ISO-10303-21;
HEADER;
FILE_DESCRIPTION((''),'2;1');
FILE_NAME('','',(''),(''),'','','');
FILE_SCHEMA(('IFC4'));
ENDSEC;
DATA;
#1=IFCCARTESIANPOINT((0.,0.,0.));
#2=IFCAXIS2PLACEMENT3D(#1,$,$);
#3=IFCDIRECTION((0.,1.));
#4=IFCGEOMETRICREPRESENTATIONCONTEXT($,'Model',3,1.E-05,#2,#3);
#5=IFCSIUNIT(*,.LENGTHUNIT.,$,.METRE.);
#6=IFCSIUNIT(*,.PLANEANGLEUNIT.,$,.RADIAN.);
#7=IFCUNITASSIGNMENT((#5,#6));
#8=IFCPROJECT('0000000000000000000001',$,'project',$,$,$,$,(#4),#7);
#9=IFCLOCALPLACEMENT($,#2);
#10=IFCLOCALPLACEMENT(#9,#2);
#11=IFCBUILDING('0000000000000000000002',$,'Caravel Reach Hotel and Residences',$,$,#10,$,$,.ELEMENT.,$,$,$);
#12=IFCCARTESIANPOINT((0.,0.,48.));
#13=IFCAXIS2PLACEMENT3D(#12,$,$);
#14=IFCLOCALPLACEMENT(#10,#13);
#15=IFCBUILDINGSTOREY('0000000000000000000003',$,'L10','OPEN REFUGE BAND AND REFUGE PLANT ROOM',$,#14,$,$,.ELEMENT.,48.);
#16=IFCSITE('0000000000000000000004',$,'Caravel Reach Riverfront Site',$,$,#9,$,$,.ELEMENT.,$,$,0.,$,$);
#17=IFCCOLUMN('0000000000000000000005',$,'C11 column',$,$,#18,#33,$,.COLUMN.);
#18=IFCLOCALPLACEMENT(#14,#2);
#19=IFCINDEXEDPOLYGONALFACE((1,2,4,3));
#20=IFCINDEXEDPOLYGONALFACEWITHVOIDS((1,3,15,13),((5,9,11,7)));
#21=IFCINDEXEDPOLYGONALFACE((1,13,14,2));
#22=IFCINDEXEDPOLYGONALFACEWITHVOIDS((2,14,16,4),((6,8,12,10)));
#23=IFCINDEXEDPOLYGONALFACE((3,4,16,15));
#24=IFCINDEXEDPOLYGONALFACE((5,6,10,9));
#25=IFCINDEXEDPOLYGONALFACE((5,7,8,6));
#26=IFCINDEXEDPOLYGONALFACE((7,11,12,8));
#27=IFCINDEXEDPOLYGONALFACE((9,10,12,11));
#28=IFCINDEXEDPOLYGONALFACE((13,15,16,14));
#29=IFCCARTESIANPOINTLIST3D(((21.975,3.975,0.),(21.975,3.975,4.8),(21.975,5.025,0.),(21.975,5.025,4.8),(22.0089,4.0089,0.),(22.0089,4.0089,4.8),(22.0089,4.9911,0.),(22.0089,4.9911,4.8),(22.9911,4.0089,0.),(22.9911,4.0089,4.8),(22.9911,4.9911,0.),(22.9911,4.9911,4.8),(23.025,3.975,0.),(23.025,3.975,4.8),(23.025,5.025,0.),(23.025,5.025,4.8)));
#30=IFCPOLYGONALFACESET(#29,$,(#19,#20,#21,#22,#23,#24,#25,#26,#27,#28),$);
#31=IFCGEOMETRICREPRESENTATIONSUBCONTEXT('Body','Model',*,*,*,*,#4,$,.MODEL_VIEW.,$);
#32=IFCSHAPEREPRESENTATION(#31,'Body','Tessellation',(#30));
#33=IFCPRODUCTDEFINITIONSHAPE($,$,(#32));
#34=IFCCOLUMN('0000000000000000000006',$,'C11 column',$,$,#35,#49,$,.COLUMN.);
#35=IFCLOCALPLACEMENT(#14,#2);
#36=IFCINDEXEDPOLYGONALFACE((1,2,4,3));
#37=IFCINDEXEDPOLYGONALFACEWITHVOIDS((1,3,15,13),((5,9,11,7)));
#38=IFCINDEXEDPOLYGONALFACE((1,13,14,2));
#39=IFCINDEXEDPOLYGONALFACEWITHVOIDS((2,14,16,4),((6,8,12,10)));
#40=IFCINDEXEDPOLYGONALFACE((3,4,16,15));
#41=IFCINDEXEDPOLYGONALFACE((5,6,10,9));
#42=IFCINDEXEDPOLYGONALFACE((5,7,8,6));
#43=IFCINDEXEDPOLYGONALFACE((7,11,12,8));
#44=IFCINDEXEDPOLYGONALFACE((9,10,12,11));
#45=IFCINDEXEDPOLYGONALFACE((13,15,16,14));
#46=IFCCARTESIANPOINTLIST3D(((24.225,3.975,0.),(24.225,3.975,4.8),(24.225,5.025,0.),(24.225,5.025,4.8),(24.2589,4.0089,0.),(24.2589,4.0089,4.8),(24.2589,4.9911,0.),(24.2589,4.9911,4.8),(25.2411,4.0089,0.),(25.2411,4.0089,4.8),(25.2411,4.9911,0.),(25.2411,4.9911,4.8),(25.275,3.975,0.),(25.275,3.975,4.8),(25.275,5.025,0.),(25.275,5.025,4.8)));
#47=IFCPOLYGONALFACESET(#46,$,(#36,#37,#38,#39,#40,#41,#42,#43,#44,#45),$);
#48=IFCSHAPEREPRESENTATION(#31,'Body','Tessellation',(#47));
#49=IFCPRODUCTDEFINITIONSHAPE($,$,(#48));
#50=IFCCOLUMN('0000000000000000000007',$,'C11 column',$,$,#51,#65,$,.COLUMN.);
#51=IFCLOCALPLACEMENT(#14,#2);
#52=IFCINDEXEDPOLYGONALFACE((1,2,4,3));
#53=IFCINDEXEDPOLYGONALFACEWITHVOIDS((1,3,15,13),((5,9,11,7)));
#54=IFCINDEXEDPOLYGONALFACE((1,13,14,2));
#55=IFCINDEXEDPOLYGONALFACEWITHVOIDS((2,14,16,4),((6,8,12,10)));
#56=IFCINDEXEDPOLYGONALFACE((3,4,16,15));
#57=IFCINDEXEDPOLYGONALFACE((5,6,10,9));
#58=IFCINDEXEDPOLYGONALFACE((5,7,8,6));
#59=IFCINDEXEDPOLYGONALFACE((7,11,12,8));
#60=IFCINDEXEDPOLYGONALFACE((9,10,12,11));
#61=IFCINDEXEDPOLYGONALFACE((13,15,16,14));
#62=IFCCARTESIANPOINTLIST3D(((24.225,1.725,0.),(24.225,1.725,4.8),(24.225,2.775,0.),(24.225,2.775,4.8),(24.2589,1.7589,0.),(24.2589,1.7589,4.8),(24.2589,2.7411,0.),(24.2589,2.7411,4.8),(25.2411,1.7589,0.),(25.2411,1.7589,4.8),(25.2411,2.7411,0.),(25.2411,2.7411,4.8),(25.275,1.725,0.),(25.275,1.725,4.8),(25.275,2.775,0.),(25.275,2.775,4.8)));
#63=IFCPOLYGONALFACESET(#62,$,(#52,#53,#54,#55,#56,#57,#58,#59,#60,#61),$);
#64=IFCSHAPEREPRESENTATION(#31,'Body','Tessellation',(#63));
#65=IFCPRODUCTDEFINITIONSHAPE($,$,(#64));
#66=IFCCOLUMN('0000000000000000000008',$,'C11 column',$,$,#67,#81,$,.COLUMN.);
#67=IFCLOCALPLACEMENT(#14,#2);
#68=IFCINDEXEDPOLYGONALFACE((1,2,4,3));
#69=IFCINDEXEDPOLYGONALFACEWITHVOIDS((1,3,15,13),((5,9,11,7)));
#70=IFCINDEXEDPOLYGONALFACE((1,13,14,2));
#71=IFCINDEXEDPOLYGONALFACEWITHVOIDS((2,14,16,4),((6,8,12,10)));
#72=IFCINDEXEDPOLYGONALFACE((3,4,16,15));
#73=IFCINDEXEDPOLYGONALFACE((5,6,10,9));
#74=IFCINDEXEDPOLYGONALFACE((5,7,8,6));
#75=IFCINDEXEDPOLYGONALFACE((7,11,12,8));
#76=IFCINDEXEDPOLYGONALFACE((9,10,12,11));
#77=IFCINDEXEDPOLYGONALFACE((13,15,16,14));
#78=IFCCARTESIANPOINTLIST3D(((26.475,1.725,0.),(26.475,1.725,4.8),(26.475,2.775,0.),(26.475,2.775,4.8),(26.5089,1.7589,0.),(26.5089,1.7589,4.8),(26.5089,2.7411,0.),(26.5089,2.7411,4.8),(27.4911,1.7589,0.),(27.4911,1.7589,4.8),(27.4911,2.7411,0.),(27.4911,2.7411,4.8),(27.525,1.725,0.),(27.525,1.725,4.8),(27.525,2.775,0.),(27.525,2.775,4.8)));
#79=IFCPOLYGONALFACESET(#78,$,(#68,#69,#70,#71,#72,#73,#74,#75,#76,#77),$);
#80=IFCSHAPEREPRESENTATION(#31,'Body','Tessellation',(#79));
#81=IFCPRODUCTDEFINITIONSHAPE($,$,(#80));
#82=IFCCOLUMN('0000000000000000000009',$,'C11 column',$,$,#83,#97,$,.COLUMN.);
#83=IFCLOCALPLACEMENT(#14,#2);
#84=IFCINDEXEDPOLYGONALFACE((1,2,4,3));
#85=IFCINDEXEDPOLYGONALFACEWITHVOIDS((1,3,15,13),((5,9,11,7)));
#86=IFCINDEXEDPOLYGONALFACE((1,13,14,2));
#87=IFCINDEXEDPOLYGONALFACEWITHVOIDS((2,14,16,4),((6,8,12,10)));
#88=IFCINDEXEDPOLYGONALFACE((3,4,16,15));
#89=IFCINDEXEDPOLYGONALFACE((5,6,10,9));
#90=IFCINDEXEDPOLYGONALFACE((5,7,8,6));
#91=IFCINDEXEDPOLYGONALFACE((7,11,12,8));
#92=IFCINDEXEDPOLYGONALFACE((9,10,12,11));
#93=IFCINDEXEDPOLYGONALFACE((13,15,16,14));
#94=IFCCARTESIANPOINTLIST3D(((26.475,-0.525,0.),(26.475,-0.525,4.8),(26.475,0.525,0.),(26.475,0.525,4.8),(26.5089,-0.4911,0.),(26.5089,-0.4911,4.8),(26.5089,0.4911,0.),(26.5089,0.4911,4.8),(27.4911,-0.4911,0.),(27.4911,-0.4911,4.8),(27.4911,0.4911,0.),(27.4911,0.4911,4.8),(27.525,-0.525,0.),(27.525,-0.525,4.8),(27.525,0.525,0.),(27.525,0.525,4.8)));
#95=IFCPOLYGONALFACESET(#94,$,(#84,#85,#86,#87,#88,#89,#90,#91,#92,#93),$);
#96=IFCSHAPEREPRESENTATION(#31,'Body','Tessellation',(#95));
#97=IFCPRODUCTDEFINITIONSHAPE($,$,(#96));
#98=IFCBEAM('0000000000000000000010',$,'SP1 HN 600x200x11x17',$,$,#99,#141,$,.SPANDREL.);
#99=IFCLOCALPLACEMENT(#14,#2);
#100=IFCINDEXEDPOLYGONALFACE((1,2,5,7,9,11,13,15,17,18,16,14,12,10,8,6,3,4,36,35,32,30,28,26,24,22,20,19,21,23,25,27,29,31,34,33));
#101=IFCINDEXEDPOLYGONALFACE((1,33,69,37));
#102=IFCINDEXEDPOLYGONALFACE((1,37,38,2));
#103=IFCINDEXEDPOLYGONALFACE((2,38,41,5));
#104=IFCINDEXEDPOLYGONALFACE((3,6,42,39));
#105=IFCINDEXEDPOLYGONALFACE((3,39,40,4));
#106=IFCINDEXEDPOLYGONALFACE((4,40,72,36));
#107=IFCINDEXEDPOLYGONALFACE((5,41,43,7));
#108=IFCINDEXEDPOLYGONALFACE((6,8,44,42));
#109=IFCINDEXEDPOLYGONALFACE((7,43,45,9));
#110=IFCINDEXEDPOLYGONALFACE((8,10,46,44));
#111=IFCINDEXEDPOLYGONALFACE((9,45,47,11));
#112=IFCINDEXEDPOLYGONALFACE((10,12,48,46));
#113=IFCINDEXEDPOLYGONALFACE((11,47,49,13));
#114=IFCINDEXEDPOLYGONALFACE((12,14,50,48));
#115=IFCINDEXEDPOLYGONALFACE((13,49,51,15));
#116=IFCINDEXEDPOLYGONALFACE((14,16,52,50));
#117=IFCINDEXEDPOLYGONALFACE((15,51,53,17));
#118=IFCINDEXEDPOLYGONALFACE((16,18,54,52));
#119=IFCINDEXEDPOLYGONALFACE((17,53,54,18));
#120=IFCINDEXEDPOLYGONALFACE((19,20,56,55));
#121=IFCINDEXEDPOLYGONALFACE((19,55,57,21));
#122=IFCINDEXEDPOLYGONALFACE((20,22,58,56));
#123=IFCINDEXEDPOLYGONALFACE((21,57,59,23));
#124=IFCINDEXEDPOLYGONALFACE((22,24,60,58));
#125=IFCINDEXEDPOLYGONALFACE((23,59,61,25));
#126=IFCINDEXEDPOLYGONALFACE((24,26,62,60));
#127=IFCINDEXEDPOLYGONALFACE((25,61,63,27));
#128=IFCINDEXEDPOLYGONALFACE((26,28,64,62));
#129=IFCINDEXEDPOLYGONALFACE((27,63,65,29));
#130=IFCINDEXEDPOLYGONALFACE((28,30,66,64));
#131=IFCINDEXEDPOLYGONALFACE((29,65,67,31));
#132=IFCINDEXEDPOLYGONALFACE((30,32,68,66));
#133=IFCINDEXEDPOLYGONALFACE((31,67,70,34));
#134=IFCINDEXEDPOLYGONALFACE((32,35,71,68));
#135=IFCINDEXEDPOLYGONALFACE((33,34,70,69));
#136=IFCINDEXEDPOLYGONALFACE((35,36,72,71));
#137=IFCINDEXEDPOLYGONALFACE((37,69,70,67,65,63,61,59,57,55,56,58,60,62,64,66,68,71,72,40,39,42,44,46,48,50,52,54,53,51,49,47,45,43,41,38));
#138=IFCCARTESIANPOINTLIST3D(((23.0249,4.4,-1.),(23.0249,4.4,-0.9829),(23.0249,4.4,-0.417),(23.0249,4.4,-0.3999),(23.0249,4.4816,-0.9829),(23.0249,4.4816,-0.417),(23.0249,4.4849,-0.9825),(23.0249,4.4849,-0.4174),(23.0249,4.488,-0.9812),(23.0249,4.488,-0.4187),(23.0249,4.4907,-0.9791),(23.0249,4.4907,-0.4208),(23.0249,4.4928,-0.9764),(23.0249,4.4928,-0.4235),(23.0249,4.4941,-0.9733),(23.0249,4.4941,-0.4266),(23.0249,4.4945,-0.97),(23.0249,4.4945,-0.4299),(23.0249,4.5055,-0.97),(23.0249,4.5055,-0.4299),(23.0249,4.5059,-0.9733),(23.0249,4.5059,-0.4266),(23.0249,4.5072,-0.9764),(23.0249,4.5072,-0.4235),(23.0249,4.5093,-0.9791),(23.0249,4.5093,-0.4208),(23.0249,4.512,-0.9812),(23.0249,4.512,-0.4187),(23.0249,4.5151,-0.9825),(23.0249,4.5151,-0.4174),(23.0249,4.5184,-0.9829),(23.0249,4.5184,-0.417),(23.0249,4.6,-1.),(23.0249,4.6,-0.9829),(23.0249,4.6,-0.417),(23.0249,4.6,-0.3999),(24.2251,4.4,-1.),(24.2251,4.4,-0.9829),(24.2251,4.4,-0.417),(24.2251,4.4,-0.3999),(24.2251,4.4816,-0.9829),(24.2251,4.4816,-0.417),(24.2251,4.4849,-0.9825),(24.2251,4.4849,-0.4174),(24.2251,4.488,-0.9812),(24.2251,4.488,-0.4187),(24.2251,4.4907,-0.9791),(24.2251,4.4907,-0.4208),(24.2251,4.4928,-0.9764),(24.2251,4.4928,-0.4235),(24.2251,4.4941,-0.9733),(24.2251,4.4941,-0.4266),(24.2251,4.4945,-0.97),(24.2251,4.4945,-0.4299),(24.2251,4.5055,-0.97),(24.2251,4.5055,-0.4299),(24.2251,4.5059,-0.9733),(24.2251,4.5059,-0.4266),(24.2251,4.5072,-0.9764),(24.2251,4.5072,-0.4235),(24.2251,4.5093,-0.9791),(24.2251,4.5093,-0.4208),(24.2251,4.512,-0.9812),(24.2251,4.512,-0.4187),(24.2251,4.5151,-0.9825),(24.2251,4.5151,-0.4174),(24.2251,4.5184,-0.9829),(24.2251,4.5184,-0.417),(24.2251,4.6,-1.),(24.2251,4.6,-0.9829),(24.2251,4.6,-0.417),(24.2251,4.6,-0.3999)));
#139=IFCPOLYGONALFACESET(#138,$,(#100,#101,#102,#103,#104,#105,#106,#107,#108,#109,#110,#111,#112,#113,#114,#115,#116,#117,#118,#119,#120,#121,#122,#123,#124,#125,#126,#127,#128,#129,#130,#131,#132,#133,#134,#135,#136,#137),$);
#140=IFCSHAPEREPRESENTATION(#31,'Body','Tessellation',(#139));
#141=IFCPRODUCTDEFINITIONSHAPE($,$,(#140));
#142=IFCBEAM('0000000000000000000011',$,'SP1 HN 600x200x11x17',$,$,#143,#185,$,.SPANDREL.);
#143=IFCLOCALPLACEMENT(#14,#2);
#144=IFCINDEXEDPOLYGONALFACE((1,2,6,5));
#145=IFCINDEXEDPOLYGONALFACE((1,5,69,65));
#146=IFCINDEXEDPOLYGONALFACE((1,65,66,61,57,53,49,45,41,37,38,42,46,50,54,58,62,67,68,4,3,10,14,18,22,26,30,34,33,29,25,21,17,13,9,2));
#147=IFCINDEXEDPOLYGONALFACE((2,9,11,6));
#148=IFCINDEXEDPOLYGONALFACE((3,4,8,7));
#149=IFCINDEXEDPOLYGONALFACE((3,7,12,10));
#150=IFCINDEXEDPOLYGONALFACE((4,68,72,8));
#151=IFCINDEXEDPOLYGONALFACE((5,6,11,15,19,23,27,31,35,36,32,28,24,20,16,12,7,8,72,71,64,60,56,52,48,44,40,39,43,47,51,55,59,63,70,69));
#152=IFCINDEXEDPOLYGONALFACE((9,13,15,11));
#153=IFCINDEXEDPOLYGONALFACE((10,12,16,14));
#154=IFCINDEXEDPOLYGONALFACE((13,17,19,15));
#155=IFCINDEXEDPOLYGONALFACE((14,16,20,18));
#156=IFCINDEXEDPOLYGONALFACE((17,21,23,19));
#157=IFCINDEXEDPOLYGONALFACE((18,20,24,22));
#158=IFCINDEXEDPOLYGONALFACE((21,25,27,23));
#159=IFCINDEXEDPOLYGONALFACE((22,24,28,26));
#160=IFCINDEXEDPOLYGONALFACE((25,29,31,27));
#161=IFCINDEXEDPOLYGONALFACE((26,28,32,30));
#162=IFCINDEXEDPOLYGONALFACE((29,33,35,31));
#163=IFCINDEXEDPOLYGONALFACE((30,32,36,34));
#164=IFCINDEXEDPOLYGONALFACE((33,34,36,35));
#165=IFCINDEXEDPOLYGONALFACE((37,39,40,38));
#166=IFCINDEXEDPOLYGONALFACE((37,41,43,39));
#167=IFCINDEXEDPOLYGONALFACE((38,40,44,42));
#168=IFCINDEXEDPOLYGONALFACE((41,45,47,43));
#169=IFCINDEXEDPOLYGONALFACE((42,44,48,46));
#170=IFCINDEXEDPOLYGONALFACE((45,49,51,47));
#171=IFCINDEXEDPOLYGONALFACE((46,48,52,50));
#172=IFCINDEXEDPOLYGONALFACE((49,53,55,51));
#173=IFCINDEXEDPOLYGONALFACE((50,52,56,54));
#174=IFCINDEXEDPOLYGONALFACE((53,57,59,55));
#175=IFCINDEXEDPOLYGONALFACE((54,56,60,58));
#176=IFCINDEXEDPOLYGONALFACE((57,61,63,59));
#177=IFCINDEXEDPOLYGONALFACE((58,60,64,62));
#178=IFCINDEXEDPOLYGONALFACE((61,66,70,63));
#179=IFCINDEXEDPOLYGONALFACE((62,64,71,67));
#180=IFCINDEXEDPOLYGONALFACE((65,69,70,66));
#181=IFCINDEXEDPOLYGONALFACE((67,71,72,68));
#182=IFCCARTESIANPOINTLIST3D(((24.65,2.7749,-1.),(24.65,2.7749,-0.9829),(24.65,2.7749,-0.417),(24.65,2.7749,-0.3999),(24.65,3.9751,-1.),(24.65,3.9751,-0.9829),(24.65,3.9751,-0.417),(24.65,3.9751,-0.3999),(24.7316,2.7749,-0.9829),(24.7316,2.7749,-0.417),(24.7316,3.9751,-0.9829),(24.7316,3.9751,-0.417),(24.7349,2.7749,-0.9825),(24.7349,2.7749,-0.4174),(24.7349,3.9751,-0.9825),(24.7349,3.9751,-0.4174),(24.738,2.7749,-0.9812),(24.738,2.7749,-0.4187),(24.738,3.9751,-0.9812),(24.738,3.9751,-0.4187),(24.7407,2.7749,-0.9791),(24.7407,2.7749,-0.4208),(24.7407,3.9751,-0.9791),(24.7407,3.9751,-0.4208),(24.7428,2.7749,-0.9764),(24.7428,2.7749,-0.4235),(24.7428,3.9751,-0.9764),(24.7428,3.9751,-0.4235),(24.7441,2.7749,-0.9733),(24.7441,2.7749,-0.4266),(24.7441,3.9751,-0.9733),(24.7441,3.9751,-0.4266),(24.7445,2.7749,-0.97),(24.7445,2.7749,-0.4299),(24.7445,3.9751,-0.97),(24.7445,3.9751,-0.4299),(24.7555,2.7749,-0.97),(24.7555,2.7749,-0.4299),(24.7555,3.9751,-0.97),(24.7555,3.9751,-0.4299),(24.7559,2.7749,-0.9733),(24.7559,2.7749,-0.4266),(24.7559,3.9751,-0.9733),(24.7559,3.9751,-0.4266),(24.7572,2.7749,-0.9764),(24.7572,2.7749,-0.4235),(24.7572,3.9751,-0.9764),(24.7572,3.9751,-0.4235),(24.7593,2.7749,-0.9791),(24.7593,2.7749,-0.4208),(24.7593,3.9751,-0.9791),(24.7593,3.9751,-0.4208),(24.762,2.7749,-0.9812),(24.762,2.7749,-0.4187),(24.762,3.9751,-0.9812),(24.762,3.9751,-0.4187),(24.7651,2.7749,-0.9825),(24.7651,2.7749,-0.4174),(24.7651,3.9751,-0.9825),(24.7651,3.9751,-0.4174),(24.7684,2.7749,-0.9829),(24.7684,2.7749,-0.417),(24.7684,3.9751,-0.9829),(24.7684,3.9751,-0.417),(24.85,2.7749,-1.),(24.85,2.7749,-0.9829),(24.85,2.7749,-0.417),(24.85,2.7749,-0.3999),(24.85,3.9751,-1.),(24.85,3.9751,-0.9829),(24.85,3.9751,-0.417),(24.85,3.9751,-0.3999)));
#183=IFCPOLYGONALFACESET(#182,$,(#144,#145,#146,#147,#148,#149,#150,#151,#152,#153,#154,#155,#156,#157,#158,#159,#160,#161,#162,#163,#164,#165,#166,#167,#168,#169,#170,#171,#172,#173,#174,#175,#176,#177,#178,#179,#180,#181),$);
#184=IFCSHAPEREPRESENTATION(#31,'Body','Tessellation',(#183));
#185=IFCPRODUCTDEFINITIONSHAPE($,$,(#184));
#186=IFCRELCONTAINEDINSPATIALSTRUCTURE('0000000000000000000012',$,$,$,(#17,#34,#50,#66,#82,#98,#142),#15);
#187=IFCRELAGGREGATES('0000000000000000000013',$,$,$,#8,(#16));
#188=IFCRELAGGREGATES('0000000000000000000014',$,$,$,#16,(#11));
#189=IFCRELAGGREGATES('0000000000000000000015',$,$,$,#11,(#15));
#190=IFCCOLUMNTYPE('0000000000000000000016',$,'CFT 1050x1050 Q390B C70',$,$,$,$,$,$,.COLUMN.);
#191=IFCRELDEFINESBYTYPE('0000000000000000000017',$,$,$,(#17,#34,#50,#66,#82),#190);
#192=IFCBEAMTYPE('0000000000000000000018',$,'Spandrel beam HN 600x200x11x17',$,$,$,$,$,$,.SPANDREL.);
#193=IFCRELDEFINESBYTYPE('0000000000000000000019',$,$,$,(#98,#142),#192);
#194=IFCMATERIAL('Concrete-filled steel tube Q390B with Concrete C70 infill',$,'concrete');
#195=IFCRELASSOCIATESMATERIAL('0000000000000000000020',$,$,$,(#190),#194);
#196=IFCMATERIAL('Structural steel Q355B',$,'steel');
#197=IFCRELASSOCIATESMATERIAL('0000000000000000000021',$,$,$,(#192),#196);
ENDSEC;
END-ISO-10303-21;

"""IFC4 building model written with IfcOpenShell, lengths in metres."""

from ifc_helpers import new_model, si_unit, direction, frame, origin, origin_2d, place, context, subcontext, project, spatial, hollow_rectangle, i_section, extrude, material, material_profile, profile_set, type_object, element, save


model = new_model("IFC4")

# Units and contexts
model_context = context("Model", 3, precision=1e-05, world=origin(), true_north=direction((0.0, 1.0)))
body_context = subcontext(model_context, "Body", "Model", "MODEL_VIEW")
ifc_project = project(units=[si_unit("LENGTHUNIT", "METRE"), si_unit("PLANEANGLEUNIT", "RADIAN")], contexts=[model_context])

# Site, building, storey
site_placement = place(None, origin())
site = spatial("IfcSite", under=ifc_project, at=site_placement, Name="Caravel Reach Riverfront Site", CompositionType="ELEMENT", RefElevation=0.0)
building_placement = place(site_placement, origin())
building = spatial("IfcBuilding", under=site, at=building_placement, Name="Caravel Reach Hotel and Residences", CompositionType="ELEMENT")
storey_placement = place(building_placement, frame((0.0, 0.0, 48.0)))
storey = spatial("IfcBuildingStorey", under=building, at=storey_placement, Name="L10", Description="OPEN REFUGE BAND AND REFUGE PLANT ROOM", CompositionType="ELEMENT", Elevation=48.0)

# Columns
ifc_material_1 = material(Name="Concrete-filled steel tube Q390B with Concrete C70 infill", Category="concrete")
ifc_material_profile_1 = material_profile(ifc_material_1, hollow_rectangle(XDim=1.05, YDim=1.05, WallThickness=0.0339, at=origin_2d()), Name="RHS 1050x1050x34")
ifc_profile_set_1 = profile_set([ifc_material_profile_1], Name="Concrete-filled steel tube Q390B with Concrete C70 infill")
column_type = type_object("IfcColumnType", Name="CFT 1050x1050 Q390B C70", PredefinedType="COLUMN", material=ifc_profile_set_1)
for number, where, z_axis, x_axis, name in (
    (1, (22.5, 4.5, 0.0), (0.0, 0.0, 1.0), (1.0, 0.0, 0.0), "C11 column"),
    (2, (24.75, 4.5, 0.0), (0.0, 0.0, 1.0), (1.0, 0.0, 0.0), "C11 column"),
    (3, (24.75, 2.25, 0.0), (0.0, 0.0, 1.0), (1.0, 0.0, 0.0), "C11 column"),
    (4, (27.0, 2.25, 0.0), (0.0, 0.0, 1.0), (1.0, 0.0, 0.0), "C11 column"),
    (5, (27.0, 0.0, 0.0), (0.0, 0.0, 1.0), (1.0, 0.0, 0.0), "C11 column"),
):
    element("IfcColumn", number, at=place(storey_placement, frame(where, z_axis=z_axis, x_axis=x_axis)), inside=storey, type_object=column_type, Name=name, PredefinedType="COLUMN", context=body_context, shape_type="SweptSolid", body=[
        extrude(hollow_rectangle(XDim=1.05, YDim=1.05, WallThickness=0.0339, at=origin_2d()), origin(), (0.0, 0.0, 1.0), 4.8),
    ])

# Beams
ifc_material_2 = material(Name="Structural steel Q355B", Category="steel")
ifc_material_profile_2 = material_profile(ifc_material_2, i_section(OverallWidth=0.2, OverallDepth=0.6001, WebThickness=0.011, FlangeThickness=0.0171, FilletRadius=0.0129, at=origin_2d()), Name="HN 600x200x11x17")
ifc_profile_set_2 = profile_set([ifc_material_profile_2], Name="Structural steel Q355B")
beam_type = type_object("IfcBeamType", Name="Spandrel beam HN 600x200x11x17", PredefinedType="SPANDREL", material=ifc_profile_set_2)
for number, where, z_axis, x_axis, name in (
    (6, (23.0249, 4.5, -0.7), (1.0, 0.0, 0.0), (0.0, 1.0, 0.0), "SP1 HN 600x200x11x17"),
    (7, (24.75, 3.9751, -0.7), (0.0, -1.0, 0.0), (1.0, 0.0, 0.0), "SP1 HN 600x200x11x17"),
):
    element("IfcBeam", number, at=place(storey_placement, frame(where, z_axis=z_axis, x_axis=x_axis)), inside=storey, type_object=beam_type, Name=name, PredefinedType="SPANDREL", context=body_context, shape_type="SweptSolid", body=[
        extrude(i_section(OverallWidth=0.2, OverallDepth=0.6001, WebThickness=0.011, FlangeThickness=0.0171, FilletRadius=0.0129, at=origin_2d()), origin(), (0.0, 0.0, 1.0), 1.2002),
    ])

save(model, "model.ifc")
